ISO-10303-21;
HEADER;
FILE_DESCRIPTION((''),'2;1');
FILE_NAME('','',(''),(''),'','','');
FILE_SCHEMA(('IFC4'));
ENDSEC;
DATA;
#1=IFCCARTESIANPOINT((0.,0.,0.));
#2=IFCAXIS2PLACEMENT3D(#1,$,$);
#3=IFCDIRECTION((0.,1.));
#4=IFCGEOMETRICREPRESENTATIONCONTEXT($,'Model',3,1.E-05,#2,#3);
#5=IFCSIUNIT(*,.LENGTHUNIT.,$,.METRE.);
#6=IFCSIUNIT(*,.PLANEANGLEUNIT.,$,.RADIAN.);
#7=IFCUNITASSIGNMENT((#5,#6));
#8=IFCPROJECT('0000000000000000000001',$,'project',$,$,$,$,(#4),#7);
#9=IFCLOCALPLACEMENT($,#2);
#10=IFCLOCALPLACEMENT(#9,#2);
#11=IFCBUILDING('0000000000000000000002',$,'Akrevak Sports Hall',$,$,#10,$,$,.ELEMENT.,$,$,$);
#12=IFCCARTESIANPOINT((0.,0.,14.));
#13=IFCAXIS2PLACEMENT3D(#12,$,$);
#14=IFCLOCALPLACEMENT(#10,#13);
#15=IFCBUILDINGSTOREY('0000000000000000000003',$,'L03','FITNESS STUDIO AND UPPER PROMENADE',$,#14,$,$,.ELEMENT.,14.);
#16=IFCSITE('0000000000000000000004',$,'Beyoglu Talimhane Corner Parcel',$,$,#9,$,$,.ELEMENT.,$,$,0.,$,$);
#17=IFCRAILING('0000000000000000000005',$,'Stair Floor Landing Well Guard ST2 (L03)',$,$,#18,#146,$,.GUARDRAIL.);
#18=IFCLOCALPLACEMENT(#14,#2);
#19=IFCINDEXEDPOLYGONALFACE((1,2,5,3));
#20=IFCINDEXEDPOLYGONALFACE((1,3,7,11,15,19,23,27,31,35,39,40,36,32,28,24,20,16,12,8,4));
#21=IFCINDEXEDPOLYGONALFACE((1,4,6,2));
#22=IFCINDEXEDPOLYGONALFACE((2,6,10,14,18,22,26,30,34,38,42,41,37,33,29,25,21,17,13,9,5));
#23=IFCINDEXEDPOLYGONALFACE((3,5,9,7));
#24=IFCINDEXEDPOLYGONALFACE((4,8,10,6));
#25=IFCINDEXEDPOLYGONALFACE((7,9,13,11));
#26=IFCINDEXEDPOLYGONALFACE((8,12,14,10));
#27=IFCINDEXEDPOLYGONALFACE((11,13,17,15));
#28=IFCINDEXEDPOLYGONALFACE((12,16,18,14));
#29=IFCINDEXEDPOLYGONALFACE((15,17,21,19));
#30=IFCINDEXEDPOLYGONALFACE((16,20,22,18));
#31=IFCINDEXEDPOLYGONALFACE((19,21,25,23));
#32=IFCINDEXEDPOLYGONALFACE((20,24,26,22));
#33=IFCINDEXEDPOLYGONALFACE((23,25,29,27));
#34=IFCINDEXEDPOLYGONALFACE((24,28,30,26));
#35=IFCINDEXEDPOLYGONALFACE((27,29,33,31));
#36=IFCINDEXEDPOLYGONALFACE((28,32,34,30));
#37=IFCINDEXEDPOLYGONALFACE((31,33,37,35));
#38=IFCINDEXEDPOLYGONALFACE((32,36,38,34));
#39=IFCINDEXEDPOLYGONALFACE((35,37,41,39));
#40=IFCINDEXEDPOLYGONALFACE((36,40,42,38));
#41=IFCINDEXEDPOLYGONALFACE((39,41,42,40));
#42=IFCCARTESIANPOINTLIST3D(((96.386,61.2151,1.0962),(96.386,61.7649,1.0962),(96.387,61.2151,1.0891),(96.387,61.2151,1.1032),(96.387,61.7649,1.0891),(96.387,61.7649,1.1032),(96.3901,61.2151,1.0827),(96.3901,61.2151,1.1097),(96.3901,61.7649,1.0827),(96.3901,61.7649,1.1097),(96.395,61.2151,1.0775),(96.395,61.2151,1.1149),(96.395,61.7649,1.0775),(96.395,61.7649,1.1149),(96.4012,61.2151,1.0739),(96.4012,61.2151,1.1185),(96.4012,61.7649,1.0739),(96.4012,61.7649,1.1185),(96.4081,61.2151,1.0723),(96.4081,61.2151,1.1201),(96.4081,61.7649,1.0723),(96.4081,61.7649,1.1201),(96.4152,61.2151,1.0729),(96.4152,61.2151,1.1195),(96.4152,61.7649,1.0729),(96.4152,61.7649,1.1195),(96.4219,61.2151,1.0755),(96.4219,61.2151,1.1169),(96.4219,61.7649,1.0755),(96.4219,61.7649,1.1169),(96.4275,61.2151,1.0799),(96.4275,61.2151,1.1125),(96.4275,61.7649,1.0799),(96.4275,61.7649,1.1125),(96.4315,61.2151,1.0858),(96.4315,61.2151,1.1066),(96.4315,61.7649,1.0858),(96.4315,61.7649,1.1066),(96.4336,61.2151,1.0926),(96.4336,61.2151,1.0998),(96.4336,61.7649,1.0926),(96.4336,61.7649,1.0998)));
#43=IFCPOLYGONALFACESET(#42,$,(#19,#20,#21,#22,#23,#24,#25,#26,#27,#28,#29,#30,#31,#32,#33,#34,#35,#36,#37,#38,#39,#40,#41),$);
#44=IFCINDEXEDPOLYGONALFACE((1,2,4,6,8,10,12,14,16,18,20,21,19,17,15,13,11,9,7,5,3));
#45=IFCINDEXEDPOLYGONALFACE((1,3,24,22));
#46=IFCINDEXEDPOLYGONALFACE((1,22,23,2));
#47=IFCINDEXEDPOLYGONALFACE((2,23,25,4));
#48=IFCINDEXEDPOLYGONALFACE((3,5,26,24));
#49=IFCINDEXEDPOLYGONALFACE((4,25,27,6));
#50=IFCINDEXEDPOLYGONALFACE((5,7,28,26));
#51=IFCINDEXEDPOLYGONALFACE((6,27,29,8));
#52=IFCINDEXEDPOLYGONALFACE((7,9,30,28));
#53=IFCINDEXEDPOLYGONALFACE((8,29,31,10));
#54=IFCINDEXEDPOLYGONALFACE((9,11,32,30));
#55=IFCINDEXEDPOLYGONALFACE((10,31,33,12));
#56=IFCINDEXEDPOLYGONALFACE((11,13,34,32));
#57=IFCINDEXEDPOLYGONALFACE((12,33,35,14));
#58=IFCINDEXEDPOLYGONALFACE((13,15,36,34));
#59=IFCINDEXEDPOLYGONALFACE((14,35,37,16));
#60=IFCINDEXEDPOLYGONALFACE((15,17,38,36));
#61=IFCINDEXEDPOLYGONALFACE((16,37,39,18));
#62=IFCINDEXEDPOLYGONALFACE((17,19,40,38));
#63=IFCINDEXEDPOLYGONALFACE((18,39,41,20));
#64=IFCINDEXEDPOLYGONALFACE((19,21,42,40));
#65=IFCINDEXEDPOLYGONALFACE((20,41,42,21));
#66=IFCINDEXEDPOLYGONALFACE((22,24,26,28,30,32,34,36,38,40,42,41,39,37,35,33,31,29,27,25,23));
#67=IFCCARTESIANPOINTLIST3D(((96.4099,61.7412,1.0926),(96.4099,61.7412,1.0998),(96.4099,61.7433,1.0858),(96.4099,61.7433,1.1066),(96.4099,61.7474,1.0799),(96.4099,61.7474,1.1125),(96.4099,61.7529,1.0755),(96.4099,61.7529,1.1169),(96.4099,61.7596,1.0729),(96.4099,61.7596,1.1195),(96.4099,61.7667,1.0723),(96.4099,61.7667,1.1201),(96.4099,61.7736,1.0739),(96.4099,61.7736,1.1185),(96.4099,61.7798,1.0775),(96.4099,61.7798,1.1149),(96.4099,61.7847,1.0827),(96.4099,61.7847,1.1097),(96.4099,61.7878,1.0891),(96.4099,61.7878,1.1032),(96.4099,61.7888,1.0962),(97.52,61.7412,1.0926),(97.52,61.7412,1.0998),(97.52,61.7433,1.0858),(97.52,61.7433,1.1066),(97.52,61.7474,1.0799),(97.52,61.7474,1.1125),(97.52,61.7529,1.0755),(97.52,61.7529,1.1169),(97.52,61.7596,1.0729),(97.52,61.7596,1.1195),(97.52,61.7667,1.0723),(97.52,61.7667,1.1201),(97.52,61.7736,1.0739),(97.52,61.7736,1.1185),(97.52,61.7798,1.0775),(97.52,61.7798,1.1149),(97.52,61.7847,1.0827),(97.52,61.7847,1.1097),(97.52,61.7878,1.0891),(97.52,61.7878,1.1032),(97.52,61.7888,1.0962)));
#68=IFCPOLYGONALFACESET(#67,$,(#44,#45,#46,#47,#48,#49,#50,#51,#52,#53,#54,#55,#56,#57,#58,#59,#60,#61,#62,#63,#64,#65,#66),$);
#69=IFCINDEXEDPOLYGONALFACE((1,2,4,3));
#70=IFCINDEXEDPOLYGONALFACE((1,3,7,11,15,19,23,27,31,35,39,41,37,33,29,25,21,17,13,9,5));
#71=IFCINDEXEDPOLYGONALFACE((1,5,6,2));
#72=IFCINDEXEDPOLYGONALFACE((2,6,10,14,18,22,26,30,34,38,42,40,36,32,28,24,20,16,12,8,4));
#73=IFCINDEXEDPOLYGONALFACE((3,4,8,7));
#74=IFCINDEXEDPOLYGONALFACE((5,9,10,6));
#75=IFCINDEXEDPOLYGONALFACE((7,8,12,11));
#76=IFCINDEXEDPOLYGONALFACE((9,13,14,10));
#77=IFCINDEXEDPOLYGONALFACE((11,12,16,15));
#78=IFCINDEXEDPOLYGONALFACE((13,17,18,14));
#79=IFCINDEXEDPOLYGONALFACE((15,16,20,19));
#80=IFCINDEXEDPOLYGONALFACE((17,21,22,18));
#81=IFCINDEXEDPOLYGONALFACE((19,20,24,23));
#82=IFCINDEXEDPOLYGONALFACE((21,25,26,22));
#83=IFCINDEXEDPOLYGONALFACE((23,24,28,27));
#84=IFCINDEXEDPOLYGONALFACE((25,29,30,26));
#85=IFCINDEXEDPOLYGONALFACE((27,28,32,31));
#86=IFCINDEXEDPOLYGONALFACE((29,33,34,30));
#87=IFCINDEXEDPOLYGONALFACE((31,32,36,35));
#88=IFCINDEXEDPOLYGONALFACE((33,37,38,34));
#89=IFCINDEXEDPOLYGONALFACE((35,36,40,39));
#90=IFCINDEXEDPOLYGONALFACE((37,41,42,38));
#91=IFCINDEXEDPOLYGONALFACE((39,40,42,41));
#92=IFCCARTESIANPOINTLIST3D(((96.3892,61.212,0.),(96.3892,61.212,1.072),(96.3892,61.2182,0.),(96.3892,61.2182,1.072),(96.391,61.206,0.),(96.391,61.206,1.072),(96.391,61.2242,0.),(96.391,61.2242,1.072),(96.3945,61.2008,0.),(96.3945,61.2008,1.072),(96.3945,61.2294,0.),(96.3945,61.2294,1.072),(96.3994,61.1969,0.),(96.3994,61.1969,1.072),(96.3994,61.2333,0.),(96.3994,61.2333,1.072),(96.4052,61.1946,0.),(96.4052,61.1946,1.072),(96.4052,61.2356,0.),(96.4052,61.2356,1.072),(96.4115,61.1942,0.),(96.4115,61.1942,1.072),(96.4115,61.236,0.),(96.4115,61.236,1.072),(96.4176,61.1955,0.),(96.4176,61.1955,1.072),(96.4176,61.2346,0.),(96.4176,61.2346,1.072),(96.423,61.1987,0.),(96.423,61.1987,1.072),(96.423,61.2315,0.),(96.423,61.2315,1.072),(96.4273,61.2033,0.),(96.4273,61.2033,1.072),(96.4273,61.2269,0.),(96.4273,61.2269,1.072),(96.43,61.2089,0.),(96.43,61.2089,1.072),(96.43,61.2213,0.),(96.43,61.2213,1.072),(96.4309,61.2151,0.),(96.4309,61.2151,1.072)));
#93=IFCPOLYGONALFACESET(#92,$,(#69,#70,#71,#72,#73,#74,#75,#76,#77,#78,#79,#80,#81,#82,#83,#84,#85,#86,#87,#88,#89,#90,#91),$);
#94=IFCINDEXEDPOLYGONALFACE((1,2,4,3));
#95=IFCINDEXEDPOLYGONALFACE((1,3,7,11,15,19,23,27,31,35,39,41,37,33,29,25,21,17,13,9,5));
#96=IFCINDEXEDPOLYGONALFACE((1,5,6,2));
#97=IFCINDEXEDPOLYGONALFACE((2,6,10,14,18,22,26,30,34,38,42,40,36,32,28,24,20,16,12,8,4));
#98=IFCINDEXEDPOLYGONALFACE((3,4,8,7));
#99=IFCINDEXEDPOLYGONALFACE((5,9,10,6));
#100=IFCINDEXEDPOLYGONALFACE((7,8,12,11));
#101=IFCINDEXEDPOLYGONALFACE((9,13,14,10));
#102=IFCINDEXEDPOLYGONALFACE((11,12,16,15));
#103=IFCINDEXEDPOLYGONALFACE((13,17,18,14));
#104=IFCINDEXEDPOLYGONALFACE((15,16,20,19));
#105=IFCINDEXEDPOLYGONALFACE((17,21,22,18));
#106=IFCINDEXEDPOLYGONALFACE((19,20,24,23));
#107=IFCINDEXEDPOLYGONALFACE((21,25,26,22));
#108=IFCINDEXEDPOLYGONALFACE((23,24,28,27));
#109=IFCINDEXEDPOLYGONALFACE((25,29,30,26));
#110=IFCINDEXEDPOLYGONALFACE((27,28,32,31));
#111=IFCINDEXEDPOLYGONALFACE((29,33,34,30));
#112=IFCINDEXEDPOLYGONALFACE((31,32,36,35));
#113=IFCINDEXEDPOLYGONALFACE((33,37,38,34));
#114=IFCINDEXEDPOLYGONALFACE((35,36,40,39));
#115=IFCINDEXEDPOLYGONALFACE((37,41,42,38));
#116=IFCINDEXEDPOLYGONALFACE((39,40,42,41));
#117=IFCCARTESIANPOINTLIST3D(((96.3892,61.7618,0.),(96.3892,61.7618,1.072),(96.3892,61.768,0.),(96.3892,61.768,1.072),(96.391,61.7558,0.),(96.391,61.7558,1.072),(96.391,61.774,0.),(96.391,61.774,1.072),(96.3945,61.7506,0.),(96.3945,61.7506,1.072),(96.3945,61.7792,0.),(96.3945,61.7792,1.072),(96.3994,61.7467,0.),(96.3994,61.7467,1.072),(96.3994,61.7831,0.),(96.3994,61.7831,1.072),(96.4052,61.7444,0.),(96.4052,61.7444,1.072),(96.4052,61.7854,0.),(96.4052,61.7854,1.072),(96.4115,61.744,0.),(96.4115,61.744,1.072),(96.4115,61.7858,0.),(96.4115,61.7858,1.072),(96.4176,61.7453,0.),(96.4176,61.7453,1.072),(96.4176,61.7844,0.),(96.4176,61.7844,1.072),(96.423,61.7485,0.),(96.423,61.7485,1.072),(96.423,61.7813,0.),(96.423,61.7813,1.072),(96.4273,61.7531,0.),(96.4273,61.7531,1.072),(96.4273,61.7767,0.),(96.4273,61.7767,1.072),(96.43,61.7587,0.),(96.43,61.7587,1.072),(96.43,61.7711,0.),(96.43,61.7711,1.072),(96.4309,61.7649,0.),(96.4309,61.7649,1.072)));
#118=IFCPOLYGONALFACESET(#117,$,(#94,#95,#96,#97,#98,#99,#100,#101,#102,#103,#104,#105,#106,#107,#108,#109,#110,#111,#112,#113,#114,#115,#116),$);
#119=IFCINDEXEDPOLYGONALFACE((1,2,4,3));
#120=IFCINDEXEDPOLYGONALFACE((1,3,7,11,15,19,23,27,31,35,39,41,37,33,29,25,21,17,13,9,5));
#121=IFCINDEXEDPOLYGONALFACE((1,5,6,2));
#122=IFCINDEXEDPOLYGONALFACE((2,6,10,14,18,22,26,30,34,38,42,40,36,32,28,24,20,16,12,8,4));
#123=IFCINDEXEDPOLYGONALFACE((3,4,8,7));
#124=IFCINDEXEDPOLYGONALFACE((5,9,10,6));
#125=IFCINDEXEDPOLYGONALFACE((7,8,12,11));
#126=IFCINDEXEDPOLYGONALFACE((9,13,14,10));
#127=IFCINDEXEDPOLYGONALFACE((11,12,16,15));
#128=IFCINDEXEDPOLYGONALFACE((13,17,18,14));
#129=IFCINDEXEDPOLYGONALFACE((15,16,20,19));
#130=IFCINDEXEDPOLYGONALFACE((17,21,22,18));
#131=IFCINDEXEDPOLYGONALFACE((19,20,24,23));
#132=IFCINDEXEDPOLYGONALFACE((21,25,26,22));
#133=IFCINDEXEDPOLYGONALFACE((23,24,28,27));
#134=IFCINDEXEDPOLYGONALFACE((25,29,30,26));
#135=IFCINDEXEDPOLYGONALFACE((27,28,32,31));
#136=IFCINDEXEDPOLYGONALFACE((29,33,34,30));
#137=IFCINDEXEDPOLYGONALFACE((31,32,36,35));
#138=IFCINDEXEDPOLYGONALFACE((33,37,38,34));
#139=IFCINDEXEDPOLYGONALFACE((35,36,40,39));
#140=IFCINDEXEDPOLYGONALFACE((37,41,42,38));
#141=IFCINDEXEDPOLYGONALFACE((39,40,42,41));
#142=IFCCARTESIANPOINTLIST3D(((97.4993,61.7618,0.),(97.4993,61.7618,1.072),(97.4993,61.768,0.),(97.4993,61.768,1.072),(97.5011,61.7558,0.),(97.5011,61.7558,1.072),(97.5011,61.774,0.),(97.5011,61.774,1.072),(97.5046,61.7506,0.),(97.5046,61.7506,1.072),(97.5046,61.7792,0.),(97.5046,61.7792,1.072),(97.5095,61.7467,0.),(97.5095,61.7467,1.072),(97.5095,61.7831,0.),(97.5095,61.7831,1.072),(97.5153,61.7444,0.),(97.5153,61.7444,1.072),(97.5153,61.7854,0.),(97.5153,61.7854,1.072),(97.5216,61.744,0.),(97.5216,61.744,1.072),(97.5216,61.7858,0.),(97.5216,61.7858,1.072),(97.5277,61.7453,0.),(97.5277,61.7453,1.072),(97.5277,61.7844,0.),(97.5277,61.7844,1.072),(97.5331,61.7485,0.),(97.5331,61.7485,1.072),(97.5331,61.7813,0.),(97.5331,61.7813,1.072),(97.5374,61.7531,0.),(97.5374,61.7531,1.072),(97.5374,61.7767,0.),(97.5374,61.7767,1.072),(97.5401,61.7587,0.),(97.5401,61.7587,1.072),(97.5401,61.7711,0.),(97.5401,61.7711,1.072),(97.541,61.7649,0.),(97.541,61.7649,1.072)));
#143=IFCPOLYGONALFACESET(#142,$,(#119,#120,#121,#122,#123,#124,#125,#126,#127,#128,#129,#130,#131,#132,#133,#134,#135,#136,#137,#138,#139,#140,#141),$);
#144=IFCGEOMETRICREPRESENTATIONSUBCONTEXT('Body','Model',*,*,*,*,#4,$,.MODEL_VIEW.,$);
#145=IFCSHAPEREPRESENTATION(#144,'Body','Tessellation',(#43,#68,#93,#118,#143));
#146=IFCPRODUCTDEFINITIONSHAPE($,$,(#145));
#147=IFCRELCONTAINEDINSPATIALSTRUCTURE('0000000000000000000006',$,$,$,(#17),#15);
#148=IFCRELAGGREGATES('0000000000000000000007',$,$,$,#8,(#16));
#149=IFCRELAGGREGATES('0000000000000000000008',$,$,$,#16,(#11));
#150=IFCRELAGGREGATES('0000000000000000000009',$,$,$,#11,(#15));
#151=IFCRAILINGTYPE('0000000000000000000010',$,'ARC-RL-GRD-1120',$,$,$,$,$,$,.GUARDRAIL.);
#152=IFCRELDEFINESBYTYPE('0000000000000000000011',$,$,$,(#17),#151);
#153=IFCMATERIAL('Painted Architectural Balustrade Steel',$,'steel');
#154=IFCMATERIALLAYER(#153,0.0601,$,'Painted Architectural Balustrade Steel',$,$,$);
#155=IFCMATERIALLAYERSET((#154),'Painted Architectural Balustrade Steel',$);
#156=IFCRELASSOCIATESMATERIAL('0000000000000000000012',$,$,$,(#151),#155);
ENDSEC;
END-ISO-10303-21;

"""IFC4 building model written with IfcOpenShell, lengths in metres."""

from ifc_helpers import new_model, si_unit, direction, frame, origin, origin_2d, place, context, subcontext, project, spatial, circle, extrude, material, layer, layer_set, type_object, element, save


model = new_model("IFC4")

# Units and contexts
model_context = context("Model", 3, precision=1e-05, world=origin(), true_north=direction((0.0, 1.0)))
body_context = subcontext(model_context, "Body", "Model", "MODEL_VIEW")
ifc_project = project(units=[si_unit("LENGTHUNIT", "METRE"), si_unit("PLANEANGLEUNIT", "RADIAN")], contexts=[model_context])

# Site, building, storey
site_placement = place(None, origin())
site = spatial("IfcSite", under=ifc_project, at=site_placement, Name="Beyoglu Talimhane Corner Parcel", CompositionType="ELEMENT", RefElevation=0.0)
building_placement = place(site_placement, origin())
building = spatial("IfcBuilding", under=site, at=building_placement, Name="Akrevak Sports Hall", CompositionType="ELEMENT")
storey_placement = place(building_placement, frame((0.0, 0.0, 14.0)))
storey = spatial("IfcBuildingStorey", under=building, at=storey_placement, Name="L03", Description="FITNESS STUDIO AND UPPER PROMENADE", CompositionType="ELEMENT", Elevation=14.0)

# Railing
ifc_material_1 = material(Name="Painted Architectural Balustrade Steel", Category="steel")
ifc_layer_1 = layer(ifc_material_1, 0.0601, Name="Painted Architectural Balustrade Steel")
ifc_layer_set_1 = layer_set([ifc_layer_1], Name="Painted Architectural Balustrade Steel")
railing_type_1 = type_object("IfcRailingType", Name="ARC-RL-GRD-1120", PredefinedType="GUARDRAIL", material=ifc_layer_set_1)
railing_1_placement = place(storey_placement, frame((96.4099, 61.2151, 0.0)))
element("IfcRailing", 1, at=railing_1_placement, inside=storey, type_object=railing_type_1, Name="Stair Floor Landing Well Guard ST2 (L03)", PredefinedType="GUARDRAIL", context=body_context, shape_type="SweptSolid", body=[
    extrude(circle(Radius=0.0239, at=origin_2d()), frame((0.0, 0.0, 1.0962), z_axis=(0.0, 1.0, 0.0), x_axis=(-1.0, 0.0, 0.0)), (0.0, 0.0, 1.0), 0.5498),
    extrude(circle(Radius=0.0239, at=origin_2d()), frame((0.0, 0.5498, 1.0962), z_axis=(1.0, 0.0, 0.0), x_axis=(0.0, 1.0, 0.0)), (0.0, 0.0, 1.0), 1.1101),
    extrude(circle(Radius=0.021, at=origin_2d()), origin(), (0.0, 0.0, 1.0), 1.072),
    extrude(circle(Radius=0.021, at=origin_2d()), frame((0.0, 0.5498, 0.0)), (0.0, 0.0, 1.0), 1.072),
    extrude(circle(Radius=0.021, at=origin_2d()), frame((1.1101, 0.5498, 0.0)), (0.0, 0.0, 1.0), 1.072),
])

save(model, "model.ifc")
